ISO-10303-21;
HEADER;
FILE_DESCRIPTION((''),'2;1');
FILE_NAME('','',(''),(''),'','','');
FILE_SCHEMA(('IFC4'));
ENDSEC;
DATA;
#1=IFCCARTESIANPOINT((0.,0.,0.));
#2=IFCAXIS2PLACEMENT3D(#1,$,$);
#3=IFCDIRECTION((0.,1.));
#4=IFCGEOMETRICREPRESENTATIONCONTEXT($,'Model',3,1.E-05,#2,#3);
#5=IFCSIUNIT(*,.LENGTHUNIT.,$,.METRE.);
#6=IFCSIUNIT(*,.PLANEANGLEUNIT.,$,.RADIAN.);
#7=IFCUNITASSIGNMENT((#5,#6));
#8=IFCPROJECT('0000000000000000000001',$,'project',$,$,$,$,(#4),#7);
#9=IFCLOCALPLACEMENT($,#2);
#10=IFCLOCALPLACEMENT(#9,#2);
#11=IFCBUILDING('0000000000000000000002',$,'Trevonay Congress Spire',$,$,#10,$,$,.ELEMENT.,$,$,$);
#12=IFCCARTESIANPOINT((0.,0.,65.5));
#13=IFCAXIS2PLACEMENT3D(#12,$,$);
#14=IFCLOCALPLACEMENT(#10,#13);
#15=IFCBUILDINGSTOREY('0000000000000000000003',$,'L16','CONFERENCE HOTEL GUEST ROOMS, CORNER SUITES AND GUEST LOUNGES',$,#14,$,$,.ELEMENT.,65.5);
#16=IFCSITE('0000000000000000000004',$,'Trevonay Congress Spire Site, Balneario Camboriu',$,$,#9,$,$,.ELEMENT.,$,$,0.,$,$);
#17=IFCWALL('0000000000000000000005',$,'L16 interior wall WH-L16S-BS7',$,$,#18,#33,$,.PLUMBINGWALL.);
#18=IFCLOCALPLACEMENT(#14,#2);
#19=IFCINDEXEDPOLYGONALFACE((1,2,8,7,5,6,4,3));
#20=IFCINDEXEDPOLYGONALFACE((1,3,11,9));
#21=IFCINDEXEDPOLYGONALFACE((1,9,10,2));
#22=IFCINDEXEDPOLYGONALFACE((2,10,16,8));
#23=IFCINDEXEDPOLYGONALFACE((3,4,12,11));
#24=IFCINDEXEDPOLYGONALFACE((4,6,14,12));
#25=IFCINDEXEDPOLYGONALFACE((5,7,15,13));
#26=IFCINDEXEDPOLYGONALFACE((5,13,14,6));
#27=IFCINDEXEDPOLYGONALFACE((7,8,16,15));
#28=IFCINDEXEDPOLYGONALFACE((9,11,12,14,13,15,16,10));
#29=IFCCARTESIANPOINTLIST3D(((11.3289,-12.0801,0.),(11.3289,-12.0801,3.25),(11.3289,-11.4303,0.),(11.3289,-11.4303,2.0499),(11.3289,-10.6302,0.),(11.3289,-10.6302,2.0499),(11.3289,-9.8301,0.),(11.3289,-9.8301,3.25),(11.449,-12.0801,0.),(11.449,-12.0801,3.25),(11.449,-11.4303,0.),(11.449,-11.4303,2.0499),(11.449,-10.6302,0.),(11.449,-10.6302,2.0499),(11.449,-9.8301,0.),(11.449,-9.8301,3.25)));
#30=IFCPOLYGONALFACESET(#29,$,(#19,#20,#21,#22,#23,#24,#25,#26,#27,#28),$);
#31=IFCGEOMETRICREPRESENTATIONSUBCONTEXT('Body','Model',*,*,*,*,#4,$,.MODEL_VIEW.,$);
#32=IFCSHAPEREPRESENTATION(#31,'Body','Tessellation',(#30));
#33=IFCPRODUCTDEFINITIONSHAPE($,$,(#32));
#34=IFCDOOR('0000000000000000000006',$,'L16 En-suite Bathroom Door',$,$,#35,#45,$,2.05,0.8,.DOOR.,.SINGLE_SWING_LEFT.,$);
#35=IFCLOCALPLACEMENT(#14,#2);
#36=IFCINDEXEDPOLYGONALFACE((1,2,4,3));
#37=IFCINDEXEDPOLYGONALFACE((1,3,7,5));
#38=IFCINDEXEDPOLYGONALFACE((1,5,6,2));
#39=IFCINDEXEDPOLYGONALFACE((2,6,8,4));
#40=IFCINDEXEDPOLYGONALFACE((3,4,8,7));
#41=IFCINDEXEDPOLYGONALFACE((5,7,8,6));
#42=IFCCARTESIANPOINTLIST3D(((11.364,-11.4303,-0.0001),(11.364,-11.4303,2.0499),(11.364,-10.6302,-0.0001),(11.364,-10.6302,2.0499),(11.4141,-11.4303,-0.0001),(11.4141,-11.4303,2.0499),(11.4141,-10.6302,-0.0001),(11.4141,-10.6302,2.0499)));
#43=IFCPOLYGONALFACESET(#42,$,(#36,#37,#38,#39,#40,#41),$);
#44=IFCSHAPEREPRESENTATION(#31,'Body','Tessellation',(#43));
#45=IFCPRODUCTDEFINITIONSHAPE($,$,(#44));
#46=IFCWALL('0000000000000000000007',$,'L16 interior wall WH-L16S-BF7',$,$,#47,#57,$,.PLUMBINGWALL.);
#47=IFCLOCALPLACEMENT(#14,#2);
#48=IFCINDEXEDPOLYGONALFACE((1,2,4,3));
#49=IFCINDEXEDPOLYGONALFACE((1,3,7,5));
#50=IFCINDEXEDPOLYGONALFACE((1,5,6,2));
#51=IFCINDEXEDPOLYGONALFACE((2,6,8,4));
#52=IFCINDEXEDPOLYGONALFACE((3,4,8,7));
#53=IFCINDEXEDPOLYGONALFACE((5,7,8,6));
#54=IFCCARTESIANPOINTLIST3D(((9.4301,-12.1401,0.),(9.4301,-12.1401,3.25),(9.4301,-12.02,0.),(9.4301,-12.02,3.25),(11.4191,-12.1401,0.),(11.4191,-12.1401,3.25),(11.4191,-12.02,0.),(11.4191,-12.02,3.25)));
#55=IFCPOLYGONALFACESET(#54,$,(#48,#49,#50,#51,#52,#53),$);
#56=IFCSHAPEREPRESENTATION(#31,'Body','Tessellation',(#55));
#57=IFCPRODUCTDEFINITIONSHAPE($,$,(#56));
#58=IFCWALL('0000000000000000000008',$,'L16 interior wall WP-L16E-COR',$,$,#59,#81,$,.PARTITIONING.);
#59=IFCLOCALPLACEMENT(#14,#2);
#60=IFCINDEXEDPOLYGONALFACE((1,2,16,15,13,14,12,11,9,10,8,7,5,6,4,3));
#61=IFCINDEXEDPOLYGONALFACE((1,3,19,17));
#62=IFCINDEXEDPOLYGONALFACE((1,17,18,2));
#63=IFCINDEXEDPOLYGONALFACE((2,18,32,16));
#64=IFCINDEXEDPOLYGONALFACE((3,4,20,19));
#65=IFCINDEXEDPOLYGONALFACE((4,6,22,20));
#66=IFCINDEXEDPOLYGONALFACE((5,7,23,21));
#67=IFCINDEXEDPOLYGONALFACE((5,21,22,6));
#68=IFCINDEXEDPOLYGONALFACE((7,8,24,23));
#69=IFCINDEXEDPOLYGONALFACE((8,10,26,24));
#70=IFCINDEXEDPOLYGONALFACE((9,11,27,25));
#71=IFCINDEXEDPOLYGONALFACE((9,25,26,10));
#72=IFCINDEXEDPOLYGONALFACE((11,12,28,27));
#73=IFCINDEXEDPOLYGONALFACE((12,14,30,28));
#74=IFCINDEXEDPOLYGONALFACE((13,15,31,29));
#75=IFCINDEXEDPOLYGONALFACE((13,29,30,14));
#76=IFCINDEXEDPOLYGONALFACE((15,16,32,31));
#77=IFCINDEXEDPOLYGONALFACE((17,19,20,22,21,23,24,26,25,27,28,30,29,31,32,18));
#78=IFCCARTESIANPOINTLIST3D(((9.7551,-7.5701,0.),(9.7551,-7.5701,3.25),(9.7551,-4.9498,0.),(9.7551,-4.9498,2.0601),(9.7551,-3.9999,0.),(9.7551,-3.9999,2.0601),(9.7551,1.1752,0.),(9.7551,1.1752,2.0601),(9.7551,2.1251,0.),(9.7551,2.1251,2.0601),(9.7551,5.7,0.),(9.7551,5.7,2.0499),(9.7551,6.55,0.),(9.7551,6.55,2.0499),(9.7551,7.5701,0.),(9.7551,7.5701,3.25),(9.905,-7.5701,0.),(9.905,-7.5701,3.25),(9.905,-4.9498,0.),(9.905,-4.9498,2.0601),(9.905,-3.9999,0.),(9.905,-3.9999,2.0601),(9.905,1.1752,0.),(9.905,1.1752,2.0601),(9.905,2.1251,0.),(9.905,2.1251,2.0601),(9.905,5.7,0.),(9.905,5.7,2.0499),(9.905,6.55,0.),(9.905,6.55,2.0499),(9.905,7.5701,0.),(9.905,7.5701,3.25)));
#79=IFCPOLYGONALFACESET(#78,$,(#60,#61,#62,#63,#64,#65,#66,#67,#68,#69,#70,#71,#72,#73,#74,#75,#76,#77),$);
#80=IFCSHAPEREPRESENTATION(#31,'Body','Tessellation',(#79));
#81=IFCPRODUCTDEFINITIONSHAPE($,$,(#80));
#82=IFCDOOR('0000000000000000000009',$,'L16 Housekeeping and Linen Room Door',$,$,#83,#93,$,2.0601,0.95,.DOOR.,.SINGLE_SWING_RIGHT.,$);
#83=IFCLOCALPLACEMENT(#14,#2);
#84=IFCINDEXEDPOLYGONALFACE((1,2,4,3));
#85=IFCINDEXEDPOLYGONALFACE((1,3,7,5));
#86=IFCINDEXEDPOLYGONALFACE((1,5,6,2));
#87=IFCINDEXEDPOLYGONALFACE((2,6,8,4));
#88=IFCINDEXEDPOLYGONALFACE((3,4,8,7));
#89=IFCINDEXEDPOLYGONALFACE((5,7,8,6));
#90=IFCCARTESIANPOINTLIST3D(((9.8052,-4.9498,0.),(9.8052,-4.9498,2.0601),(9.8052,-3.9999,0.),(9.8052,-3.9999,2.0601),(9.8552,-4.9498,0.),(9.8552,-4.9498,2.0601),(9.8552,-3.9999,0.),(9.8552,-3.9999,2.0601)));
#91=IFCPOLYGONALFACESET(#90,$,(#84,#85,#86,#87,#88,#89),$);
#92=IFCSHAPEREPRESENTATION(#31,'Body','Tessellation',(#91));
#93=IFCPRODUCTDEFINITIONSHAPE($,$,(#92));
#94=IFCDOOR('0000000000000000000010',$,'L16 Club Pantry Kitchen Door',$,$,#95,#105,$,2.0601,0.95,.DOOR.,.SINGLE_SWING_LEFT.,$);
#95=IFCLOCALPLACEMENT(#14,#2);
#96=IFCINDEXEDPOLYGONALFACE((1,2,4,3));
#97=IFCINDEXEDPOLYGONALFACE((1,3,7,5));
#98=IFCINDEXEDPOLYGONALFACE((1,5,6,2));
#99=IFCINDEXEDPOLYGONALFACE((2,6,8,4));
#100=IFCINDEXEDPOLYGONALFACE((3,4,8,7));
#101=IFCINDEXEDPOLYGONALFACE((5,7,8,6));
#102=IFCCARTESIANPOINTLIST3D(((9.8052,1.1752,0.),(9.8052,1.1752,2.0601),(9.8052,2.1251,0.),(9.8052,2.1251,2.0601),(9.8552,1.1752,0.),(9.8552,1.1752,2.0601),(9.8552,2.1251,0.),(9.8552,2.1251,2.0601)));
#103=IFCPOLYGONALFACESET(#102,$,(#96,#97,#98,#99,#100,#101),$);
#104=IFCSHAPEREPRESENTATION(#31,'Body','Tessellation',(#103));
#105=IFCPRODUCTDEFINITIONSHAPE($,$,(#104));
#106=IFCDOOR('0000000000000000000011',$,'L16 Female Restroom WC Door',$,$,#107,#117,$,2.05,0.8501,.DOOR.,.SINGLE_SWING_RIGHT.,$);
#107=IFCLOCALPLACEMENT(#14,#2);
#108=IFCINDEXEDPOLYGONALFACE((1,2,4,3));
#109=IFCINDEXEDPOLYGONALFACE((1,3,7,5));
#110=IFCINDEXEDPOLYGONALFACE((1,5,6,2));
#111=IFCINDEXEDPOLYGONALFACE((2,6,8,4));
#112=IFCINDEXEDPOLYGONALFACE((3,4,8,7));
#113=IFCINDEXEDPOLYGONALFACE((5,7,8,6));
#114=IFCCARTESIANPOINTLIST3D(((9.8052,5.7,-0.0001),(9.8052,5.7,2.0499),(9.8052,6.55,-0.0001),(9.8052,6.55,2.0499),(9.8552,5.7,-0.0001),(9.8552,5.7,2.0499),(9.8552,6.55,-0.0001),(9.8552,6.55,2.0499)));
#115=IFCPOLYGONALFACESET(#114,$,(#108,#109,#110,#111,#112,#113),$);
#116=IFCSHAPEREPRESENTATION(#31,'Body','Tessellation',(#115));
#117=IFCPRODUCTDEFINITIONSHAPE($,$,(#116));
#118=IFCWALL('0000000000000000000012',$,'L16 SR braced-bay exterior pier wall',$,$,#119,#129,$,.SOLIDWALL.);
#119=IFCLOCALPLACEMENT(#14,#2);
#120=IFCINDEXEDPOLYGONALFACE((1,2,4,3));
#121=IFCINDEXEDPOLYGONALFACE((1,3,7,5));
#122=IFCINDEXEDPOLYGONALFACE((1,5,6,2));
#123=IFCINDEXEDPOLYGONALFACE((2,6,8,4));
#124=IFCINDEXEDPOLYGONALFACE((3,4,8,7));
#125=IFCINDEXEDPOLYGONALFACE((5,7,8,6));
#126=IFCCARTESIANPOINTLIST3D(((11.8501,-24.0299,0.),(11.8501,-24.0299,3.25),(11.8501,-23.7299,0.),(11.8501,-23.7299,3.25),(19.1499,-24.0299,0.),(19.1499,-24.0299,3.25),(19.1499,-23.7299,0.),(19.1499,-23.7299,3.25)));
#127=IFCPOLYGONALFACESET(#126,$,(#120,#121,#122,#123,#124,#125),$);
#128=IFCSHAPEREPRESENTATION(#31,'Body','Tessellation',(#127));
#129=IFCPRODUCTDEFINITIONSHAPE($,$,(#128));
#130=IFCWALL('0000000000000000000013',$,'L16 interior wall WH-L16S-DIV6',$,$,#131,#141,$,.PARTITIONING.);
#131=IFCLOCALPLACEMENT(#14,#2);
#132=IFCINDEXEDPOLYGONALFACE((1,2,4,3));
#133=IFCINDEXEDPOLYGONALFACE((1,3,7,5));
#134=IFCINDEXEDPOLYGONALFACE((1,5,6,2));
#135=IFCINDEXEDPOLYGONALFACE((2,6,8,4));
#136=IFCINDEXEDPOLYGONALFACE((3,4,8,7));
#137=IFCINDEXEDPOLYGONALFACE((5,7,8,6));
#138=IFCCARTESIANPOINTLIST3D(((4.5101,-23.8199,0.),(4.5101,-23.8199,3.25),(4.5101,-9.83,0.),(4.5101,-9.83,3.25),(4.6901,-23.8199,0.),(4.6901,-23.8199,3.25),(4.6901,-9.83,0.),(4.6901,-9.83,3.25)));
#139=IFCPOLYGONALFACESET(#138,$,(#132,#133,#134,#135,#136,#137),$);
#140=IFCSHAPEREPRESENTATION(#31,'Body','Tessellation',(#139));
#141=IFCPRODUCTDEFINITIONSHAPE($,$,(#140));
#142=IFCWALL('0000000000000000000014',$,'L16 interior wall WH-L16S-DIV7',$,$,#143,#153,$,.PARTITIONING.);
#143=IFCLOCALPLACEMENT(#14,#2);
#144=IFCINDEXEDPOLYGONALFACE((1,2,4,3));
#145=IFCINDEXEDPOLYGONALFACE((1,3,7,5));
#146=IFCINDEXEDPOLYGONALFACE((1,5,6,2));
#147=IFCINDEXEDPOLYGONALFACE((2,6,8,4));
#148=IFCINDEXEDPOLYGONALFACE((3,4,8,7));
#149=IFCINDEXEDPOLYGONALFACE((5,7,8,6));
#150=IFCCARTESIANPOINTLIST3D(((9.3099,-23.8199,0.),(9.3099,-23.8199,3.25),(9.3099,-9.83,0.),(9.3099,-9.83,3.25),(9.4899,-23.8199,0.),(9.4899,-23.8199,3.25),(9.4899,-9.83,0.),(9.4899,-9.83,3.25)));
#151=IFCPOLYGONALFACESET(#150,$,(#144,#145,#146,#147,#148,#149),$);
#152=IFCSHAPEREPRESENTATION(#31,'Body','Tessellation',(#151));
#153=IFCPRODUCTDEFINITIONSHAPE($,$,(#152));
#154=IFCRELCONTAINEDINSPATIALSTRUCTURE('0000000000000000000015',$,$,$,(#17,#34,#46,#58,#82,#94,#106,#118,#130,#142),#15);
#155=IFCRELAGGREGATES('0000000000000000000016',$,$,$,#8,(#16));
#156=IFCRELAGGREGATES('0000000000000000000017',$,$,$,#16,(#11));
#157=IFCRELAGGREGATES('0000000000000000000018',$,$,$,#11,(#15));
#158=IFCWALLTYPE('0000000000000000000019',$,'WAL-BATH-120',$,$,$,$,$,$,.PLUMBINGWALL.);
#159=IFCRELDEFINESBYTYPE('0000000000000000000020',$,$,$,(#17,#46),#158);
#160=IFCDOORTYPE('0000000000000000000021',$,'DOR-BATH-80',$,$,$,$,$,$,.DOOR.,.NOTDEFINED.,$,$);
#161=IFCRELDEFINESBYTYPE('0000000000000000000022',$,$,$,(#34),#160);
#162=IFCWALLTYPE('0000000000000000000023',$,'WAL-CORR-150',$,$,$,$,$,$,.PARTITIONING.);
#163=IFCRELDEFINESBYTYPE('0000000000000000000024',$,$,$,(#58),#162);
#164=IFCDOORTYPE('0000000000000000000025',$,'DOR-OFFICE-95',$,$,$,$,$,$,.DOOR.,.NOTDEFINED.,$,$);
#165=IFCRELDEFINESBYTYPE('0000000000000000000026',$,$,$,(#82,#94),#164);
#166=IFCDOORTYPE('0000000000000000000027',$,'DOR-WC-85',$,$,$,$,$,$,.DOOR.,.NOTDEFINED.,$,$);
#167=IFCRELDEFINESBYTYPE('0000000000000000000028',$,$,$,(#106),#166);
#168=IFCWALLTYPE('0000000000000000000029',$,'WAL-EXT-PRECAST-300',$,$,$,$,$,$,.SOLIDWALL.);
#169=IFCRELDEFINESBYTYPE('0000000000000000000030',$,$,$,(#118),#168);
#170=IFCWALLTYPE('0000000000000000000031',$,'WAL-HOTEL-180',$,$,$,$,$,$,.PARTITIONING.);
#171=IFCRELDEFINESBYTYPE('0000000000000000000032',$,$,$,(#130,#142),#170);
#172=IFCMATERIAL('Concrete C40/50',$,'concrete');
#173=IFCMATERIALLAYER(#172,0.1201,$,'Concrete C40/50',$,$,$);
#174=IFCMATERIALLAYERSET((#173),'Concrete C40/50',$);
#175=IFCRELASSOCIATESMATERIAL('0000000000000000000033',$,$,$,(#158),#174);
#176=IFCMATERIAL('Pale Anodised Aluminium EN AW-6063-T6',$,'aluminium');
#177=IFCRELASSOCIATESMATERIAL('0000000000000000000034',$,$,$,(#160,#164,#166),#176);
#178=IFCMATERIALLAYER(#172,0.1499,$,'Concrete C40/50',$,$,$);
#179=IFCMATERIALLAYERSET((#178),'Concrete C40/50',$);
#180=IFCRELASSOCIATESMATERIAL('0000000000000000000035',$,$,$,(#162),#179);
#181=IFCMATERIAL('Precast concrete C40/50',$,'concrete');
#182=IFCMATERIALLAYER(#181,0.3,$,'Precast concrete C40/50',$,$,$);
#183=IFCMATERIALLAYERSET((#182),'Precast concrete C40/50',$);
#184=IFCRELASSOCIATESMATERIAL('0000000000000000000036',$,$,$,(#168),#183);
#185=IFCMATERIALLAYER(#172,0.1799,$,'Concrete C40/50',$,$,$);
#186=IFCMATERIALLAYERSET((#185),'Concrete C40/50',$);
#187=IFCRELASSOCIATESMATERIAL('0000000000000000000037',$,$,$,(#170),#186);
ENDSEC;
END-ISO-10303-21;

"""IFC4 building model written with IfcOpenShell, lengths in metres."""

from ifc_helpers import new_model, si_unit, direction, frame, frame_2d, origin, place, context, subcontext, project, spatial, rectangle, extrude, material, layer, layer_set, type_object, element, fill, save


model = new_model("IFC4")

# Units and contexts
model_context = context("Model", 3, precision=1e-05, world=origin(), true_north=direction((0.0, 1.0)))
body_context = subcontext(model_context, "Body", "Model", "MODEL_VIEW")
ifc_project = project(units=[si_unit("LENGTHUNIT", "METRE"), si_unit("PLANEANGLEUNIT", "RADIAN")], contexts=[model_context])

# Site, building, storey
site_placement = place(None, origin())
site = spatial("IfcSite", under=ifc_project, at=site_placement, Name="Trevonay Congress Spire Site, Balneario Camboriu", CompositionType="ELEMENT", RefElevation=0.0)
building_placement = place(site_placement, origin())
building = spatial("IfcBuilding", under=site, at=building_placement, Name="Trevonay Congress Spire", CompositionType="ELEMENT")
storey_placement = place(building_placement, frame((0.0, 0.0, 65.5)))
storey = spatial("IfcBuildingStorey", under=building, at=storey_placement, Name="L16", Description="CONFERENCE HOTEL GUEST ROOMS, CORNER SUITES AND GUEST LOUNGES", CompositionType="ELEMENT", Elevation=65.5)

# Shared definitions
ifc_material_1 = material(Name="Pale Anodised Aluminium EN AW-6063-T6", Category="aluminium")

# Shared definitions
ifc_material_2 = material(Name="Concrete C40/50", Category="concrete")
ifc_layer_1 = layer(ifc_material_2, 0.1201, Name="Concrete C40/50")
ifc_layer_set_1 = layer_set([ifc_layer_1], Name="Concrete C40/50")
wall_type_1 = type_object("IfcWallType", Name="WAL-BATH-120", PredefinedType="PLUMBINGWALL", material=ifc_layer_set_1)
door_type_1 = type_object("IfcDoorType", Name="DOR-BATH-80", OperationType="NOTDEFINED", PredefinedType="DOOR", material=ifc_material_1)

# Wall, opening, door
wall_1_placement = place(storey_placement, frame((11.3889, -12.0801, 0.0), z_axis=(0.0, 0.0, 1.0), x_axis=(0.0, 1.0, 0.0)))
wall_1 = element("IfcWall", 1, at=wall_1_placement, inside=storey, type_object=wall_type_1, Name="L16 interior wall WH-L16S-BS7", PredefinedType="PLUMBINGWALL", context=body_context, shape_type="SweptSolid", body=[
    extrude(rectangle(XDim=2.25, YDim=0.1201, at=frame_2d((1.125, 0.0))), origin(), (0.0, 0.0, 1.0), 3.25),
])
opening_1_placement = place(wall_1_placement, frame((0.6499, 0.0, 0.0)))
opening_1 = element("IfcOpeningElement", 2, at=opening_1_placement, cuts=wall_1, PredefinedType="OPENING", context=body_context, shape_type="SweptSolid", body=[
    extrude(rectangle(XDim=0.8, YDim=2.05, at=frame_2d((0.3999, 1.0249))), frame((0.0, 0.0701, 0.0), z_axis=(0.0, -1.0, 0.0), x_axis=(1.0, 0.0, 0.0)), (0.0, 0.0, 1.0), 0.1401),
])
door_1_placement = place(opening_1_placement, origin())
door_1 = element("IfcDoor", 3, at=door_1_placement, inside=storey, type_object=door_type_1, Name="L16 En-suite Bathroom Door", OperationType="SINGLE_SWING_LEFT", OverallHeight=2.05, OverallWidth=0.8, PredefinedType="DOOR", context=body_context, shape_type="SweptSolid", body=[
    extrude(rectangle(XDim=0.8, YDim=2.05, at=frame_2d((0.3999, 1.0249))), frame((0.0, 0.0249, 0.0), z_axis=(0.0, -1.0, 0.0), x_axis=(1.0, 0.0, 0.0)), (0.0, 0.0, 1.0), 0.05),
])
fill(opening_1, door_1)

# Wall
wall_2_placement = place(storey_placement, frame((9.4299, -12.0801, 0.0), z_axis=(0.0, 0.0, 1.0), x_axis=(1.0, 0.0, 0.0)))
element("IfcWall", 4, at=wall_2_placement, inside=storey, type_object=wall_type_1, Name="L16 interior wall WH-L16S-BF7", PredefinedType="PLUMBINGWALL", context=body_context, shape_type="SweptSolid", body=[
    extrude(rectangle(XDim=1.989, YDim=0.1201, at=frame_2d((0.9946, 0.0))), origin(), (0.0, 0.0, 1.0), 3.25),
])

# Wall, openings, doors
ifc_layer_2 = layer(ifc_material_2, 0.1499, Name="Concrete C40/50")
ifc_layer_set_2 = layer_set([ifc_layer_2], Name="Concrete C40/50")
wall_type_2 = type_object("IfcWallType", Name="WAL-CORR-150", PredefinedType="PARTITIONING", material=ifc_layer_set_2)
wall_3_placement = place(storey_placement, frame((9.8301, -7.5701, 0.0), z_axis=(0.0, 0.0, 1.0), x_axis=(0.0, 1.0, 0.0)))
wall_3 = element("IfcWall", 5, at=wall_3_placement, inside=storey, type_object=wall_type_2, Name="L16 interior wall WP-L16E-COR", PredefinedType="PARTITIONING", context=body_context, shape_type="SweptSolid", body=[
    extrude(rectangle(XDim=15.1401, YDim=0.1499, at=frame_2d((7.5701, 0.0))), origin(), (0.0, 0.0, 1.0), 3.25),
])
opening_2_placement = place(wall_3_placement, frame((2.6201, 0.0, 0.0)))
opening_2 = element("IfcOpeningElement", 6, at=opening_2_placement, cuts=wall_3, PredefinedType="OPENING", context=body_context, shape_type="SweptSolid", body=[
    extrude(rectangle(XDim=0.95, YDim=2.0601, at=frame_2d((0.4751, 1.03))), frame((0.0, 0.085, 0.0), z_axis=(0.0, -1.0, 0.0), x_axis=(1.0, 0.0, 0.0)), (0.0, 0.0, 1.0), 0.1699),
])
opening_3_placement = place(wall_3_placement, frame((8.7451, 0.0, 0.0)))
opening_3 = element("IfcOpeningElement", 7, at=opening_3_placement, cuts=wall_3, PredefinedType="OPENING", context=body_context, shape_type="SweptSolid", body=[
    extrude(rectangle(XDim=0.95, YDim=2.0601, at=frame_2d((0.4751, 1.03))), frame((0.0, 0.085, 0.0), z_axis=(0.0, -1.0, 0.0), x_axis=(1.0, 0.0, 0.0)), (0.0, 0.0, 1.0), 0.1699),
])
opening_4_placement = place(wall_3_placement, frame((13.27, 0.0, 0.0)))
opening_4 = element("IfcOpeningElement", 8, at=opening_4_placement, cuts=wall_3, PredefinedType="OPENING", context=body_context, shape_type="SweptSolid", body=[
    extrude(rectangle(XDim=0.8501, YDim=2.05, at=frame_2d((0.425, 1.0249))), frame((0.0, 0.085, 0.0), z_axis=(0.0, -1.0, 0.0), x_axis=(1.0, 0.0, 0.0)), (0.0, 0.0, 1.0), 0.1699),
])
door_type_2 = type_object("IfcDoorType", Name="DOR-OFFICE-95", OperationType="NOTDEFINED", PredefinedType="DOOR", material=ifc_material_1)
door_2_placement = place(opening_2_placement, origin())
door_2 = element("IfcDoor", 9, at=door_2_placement, inside=storey, type_object=door_type_2, Name="L16 Housekeeping and Linen Room Door", OperationType="SINGLE_SWING_RIGHT", OverallHeight=2.0601, OverallWidth=0.95, PredefinedType="DOOR", context=body_context, shape_type="SweptSolid", body=[
    extrude(rectangle(XDim=0.95, YDim=2.0601, at=frame_2d((0.4751, 1.03))), frame((0.0, 0.0249, 0.0), z_axis=(0.0, -1.0, 0.0), x_axis=(1.0, 0.0, 0.0)), (0.0, 0.0, 1.0), 0.05),
])
fill(opening_2, door_2)
door_3_placement = place(opening_3_placement, origin())
door_3 = element("IfcDoor", 10, at=door_3_placement, inside=storey, type_object=door_type_2, Name="L16 Club Pantry Kitchen Door", OperationType="SINGLE_SWING_LEFT", OverallHeight=2.0601, OverallWidth=0.95, PredefinedType="DOOR", context=body_context, shape_type="SweptSolid", body=[
    extrude(rectangle(XDim=0.95, YDim=2.0601, at=frame_2d((0.4751, 1.03))), frame((0.0, 0.0249, 0.0), z_axis=(0.0, -1.0, 0.0), x_axis=(1.0, 0.0, 0.0)), (0.0, 0.0, 1.0), 0.05),
])
fill(opening_3, door_3)
door_type_3 = type_object("IfcDoorType", Name="DOR-WC-85", OperationType="NOTDEFINED", PredefinedType="DOOR", material=ifc_material_1)
door_4_placement = place(opening_4_placement, origin())
door_4 = element("IfcDoor", 11, at=door_4_placement, inside=storey, type_object=door_type_3, Name="L16 Female Restroom WC Door", OperationType="SINGLE_SWING_RIGHT", OverallHeight=2.05, OverallWidth=0.8501, PredefinedType="DOOR", context=body_context, shape_type="SweptSolid", body=[
    extrude(rectangle(XDim=0.8501, YDim=2.05, at=frame_2d((0.425, 1.0249))), frame((0.0, 0.0249, 0.0), z_axis=(0.0, -1.0, 0.0), x_axis=(1.0, 0.0, 0.0)), (0.0, 0.0, 1.0), 0.05),
])
fill(opening_4, door_4)

# Walls
ifc_material_3 = material(Name="Precast concrete C40/50", Category="concrete")
ifc_layer_3 = layer(ifc_material_3, 0.3, Name="Precast concrete C40/50")
ifc_layer_set_3 = layer_set([ifc_layer_3], Name="Precast concrete C40/50")
wall_type_3 = type_object("IfcWallType", Name="WAL-EXT-PRECAST-300", PredefinedType="SOLIDWALL", material=ifc_layer_set_3)
wall_4_placement = place(storey_placement, frame((11.8501, -23.8799, 0.0), z_axis=(0.0, 0.0, 1.0), x_axis=(1.0, 0.0, 0.0)))
element("IfcWall", 12, at=wall_4_placement, inside=storey, type_object=wall_type_3, Name="L16 SR braced-bay exterior pier wall", PredefinedType="SOLIDWALL", context=body_context, shape_type="SweptSolid", body=[
    extrude(rectangle(XDim=7.2998, YDim=0.3, at=frame_2d((3.6499, 0.0))), origin(), (0.0, 0.0, 1.0), 3.25),
])
ifc_layer_4 = layer(ifc_material_2, 0.1799, Name="Concrete C40/50")
ifc_layer_set_4 = layer_set([ifc_layer_4], Name="Concrete C40/50")
wall_type_4 = type_object("IfcWallType", Name="WAL-HOTEL-180", PredefinedType="PARTITIONING", material=ifc_layer_set_4)
for number, where, z_axis, x_axis, name in (
    (13, (4.6001, -23.8201, 0.0), (0.0, 0.0, 1.0), (0.0, 1.0, 0.0), "L16 interior wall WH-L16S-DIV6"),
    (14, (9.3999, -23.8201, 0.0), (0.0, 0.0, 1.0), (0.0, 1.0, 0.0), "L16 interior wall WH-L16S-DIV7"),
):
    element("IfcWall", number, at=place(storey_placement, frame(where, z_axis=z_axis, x_axis=x_axis)), inside=storey, type_object=wall_type_4, Name=name, PredefinedType="PARTITIONING", context=body_context, shape_type="SweptSolid", body=[
        extrude(rectangle(XDim=13.99, YDim=0.1799, at=frame_2d((6.9951, 0.0))), origin(), (0.0, 0.0, 1.0), 3.25),
    ])

save(model, "model.ifc")
